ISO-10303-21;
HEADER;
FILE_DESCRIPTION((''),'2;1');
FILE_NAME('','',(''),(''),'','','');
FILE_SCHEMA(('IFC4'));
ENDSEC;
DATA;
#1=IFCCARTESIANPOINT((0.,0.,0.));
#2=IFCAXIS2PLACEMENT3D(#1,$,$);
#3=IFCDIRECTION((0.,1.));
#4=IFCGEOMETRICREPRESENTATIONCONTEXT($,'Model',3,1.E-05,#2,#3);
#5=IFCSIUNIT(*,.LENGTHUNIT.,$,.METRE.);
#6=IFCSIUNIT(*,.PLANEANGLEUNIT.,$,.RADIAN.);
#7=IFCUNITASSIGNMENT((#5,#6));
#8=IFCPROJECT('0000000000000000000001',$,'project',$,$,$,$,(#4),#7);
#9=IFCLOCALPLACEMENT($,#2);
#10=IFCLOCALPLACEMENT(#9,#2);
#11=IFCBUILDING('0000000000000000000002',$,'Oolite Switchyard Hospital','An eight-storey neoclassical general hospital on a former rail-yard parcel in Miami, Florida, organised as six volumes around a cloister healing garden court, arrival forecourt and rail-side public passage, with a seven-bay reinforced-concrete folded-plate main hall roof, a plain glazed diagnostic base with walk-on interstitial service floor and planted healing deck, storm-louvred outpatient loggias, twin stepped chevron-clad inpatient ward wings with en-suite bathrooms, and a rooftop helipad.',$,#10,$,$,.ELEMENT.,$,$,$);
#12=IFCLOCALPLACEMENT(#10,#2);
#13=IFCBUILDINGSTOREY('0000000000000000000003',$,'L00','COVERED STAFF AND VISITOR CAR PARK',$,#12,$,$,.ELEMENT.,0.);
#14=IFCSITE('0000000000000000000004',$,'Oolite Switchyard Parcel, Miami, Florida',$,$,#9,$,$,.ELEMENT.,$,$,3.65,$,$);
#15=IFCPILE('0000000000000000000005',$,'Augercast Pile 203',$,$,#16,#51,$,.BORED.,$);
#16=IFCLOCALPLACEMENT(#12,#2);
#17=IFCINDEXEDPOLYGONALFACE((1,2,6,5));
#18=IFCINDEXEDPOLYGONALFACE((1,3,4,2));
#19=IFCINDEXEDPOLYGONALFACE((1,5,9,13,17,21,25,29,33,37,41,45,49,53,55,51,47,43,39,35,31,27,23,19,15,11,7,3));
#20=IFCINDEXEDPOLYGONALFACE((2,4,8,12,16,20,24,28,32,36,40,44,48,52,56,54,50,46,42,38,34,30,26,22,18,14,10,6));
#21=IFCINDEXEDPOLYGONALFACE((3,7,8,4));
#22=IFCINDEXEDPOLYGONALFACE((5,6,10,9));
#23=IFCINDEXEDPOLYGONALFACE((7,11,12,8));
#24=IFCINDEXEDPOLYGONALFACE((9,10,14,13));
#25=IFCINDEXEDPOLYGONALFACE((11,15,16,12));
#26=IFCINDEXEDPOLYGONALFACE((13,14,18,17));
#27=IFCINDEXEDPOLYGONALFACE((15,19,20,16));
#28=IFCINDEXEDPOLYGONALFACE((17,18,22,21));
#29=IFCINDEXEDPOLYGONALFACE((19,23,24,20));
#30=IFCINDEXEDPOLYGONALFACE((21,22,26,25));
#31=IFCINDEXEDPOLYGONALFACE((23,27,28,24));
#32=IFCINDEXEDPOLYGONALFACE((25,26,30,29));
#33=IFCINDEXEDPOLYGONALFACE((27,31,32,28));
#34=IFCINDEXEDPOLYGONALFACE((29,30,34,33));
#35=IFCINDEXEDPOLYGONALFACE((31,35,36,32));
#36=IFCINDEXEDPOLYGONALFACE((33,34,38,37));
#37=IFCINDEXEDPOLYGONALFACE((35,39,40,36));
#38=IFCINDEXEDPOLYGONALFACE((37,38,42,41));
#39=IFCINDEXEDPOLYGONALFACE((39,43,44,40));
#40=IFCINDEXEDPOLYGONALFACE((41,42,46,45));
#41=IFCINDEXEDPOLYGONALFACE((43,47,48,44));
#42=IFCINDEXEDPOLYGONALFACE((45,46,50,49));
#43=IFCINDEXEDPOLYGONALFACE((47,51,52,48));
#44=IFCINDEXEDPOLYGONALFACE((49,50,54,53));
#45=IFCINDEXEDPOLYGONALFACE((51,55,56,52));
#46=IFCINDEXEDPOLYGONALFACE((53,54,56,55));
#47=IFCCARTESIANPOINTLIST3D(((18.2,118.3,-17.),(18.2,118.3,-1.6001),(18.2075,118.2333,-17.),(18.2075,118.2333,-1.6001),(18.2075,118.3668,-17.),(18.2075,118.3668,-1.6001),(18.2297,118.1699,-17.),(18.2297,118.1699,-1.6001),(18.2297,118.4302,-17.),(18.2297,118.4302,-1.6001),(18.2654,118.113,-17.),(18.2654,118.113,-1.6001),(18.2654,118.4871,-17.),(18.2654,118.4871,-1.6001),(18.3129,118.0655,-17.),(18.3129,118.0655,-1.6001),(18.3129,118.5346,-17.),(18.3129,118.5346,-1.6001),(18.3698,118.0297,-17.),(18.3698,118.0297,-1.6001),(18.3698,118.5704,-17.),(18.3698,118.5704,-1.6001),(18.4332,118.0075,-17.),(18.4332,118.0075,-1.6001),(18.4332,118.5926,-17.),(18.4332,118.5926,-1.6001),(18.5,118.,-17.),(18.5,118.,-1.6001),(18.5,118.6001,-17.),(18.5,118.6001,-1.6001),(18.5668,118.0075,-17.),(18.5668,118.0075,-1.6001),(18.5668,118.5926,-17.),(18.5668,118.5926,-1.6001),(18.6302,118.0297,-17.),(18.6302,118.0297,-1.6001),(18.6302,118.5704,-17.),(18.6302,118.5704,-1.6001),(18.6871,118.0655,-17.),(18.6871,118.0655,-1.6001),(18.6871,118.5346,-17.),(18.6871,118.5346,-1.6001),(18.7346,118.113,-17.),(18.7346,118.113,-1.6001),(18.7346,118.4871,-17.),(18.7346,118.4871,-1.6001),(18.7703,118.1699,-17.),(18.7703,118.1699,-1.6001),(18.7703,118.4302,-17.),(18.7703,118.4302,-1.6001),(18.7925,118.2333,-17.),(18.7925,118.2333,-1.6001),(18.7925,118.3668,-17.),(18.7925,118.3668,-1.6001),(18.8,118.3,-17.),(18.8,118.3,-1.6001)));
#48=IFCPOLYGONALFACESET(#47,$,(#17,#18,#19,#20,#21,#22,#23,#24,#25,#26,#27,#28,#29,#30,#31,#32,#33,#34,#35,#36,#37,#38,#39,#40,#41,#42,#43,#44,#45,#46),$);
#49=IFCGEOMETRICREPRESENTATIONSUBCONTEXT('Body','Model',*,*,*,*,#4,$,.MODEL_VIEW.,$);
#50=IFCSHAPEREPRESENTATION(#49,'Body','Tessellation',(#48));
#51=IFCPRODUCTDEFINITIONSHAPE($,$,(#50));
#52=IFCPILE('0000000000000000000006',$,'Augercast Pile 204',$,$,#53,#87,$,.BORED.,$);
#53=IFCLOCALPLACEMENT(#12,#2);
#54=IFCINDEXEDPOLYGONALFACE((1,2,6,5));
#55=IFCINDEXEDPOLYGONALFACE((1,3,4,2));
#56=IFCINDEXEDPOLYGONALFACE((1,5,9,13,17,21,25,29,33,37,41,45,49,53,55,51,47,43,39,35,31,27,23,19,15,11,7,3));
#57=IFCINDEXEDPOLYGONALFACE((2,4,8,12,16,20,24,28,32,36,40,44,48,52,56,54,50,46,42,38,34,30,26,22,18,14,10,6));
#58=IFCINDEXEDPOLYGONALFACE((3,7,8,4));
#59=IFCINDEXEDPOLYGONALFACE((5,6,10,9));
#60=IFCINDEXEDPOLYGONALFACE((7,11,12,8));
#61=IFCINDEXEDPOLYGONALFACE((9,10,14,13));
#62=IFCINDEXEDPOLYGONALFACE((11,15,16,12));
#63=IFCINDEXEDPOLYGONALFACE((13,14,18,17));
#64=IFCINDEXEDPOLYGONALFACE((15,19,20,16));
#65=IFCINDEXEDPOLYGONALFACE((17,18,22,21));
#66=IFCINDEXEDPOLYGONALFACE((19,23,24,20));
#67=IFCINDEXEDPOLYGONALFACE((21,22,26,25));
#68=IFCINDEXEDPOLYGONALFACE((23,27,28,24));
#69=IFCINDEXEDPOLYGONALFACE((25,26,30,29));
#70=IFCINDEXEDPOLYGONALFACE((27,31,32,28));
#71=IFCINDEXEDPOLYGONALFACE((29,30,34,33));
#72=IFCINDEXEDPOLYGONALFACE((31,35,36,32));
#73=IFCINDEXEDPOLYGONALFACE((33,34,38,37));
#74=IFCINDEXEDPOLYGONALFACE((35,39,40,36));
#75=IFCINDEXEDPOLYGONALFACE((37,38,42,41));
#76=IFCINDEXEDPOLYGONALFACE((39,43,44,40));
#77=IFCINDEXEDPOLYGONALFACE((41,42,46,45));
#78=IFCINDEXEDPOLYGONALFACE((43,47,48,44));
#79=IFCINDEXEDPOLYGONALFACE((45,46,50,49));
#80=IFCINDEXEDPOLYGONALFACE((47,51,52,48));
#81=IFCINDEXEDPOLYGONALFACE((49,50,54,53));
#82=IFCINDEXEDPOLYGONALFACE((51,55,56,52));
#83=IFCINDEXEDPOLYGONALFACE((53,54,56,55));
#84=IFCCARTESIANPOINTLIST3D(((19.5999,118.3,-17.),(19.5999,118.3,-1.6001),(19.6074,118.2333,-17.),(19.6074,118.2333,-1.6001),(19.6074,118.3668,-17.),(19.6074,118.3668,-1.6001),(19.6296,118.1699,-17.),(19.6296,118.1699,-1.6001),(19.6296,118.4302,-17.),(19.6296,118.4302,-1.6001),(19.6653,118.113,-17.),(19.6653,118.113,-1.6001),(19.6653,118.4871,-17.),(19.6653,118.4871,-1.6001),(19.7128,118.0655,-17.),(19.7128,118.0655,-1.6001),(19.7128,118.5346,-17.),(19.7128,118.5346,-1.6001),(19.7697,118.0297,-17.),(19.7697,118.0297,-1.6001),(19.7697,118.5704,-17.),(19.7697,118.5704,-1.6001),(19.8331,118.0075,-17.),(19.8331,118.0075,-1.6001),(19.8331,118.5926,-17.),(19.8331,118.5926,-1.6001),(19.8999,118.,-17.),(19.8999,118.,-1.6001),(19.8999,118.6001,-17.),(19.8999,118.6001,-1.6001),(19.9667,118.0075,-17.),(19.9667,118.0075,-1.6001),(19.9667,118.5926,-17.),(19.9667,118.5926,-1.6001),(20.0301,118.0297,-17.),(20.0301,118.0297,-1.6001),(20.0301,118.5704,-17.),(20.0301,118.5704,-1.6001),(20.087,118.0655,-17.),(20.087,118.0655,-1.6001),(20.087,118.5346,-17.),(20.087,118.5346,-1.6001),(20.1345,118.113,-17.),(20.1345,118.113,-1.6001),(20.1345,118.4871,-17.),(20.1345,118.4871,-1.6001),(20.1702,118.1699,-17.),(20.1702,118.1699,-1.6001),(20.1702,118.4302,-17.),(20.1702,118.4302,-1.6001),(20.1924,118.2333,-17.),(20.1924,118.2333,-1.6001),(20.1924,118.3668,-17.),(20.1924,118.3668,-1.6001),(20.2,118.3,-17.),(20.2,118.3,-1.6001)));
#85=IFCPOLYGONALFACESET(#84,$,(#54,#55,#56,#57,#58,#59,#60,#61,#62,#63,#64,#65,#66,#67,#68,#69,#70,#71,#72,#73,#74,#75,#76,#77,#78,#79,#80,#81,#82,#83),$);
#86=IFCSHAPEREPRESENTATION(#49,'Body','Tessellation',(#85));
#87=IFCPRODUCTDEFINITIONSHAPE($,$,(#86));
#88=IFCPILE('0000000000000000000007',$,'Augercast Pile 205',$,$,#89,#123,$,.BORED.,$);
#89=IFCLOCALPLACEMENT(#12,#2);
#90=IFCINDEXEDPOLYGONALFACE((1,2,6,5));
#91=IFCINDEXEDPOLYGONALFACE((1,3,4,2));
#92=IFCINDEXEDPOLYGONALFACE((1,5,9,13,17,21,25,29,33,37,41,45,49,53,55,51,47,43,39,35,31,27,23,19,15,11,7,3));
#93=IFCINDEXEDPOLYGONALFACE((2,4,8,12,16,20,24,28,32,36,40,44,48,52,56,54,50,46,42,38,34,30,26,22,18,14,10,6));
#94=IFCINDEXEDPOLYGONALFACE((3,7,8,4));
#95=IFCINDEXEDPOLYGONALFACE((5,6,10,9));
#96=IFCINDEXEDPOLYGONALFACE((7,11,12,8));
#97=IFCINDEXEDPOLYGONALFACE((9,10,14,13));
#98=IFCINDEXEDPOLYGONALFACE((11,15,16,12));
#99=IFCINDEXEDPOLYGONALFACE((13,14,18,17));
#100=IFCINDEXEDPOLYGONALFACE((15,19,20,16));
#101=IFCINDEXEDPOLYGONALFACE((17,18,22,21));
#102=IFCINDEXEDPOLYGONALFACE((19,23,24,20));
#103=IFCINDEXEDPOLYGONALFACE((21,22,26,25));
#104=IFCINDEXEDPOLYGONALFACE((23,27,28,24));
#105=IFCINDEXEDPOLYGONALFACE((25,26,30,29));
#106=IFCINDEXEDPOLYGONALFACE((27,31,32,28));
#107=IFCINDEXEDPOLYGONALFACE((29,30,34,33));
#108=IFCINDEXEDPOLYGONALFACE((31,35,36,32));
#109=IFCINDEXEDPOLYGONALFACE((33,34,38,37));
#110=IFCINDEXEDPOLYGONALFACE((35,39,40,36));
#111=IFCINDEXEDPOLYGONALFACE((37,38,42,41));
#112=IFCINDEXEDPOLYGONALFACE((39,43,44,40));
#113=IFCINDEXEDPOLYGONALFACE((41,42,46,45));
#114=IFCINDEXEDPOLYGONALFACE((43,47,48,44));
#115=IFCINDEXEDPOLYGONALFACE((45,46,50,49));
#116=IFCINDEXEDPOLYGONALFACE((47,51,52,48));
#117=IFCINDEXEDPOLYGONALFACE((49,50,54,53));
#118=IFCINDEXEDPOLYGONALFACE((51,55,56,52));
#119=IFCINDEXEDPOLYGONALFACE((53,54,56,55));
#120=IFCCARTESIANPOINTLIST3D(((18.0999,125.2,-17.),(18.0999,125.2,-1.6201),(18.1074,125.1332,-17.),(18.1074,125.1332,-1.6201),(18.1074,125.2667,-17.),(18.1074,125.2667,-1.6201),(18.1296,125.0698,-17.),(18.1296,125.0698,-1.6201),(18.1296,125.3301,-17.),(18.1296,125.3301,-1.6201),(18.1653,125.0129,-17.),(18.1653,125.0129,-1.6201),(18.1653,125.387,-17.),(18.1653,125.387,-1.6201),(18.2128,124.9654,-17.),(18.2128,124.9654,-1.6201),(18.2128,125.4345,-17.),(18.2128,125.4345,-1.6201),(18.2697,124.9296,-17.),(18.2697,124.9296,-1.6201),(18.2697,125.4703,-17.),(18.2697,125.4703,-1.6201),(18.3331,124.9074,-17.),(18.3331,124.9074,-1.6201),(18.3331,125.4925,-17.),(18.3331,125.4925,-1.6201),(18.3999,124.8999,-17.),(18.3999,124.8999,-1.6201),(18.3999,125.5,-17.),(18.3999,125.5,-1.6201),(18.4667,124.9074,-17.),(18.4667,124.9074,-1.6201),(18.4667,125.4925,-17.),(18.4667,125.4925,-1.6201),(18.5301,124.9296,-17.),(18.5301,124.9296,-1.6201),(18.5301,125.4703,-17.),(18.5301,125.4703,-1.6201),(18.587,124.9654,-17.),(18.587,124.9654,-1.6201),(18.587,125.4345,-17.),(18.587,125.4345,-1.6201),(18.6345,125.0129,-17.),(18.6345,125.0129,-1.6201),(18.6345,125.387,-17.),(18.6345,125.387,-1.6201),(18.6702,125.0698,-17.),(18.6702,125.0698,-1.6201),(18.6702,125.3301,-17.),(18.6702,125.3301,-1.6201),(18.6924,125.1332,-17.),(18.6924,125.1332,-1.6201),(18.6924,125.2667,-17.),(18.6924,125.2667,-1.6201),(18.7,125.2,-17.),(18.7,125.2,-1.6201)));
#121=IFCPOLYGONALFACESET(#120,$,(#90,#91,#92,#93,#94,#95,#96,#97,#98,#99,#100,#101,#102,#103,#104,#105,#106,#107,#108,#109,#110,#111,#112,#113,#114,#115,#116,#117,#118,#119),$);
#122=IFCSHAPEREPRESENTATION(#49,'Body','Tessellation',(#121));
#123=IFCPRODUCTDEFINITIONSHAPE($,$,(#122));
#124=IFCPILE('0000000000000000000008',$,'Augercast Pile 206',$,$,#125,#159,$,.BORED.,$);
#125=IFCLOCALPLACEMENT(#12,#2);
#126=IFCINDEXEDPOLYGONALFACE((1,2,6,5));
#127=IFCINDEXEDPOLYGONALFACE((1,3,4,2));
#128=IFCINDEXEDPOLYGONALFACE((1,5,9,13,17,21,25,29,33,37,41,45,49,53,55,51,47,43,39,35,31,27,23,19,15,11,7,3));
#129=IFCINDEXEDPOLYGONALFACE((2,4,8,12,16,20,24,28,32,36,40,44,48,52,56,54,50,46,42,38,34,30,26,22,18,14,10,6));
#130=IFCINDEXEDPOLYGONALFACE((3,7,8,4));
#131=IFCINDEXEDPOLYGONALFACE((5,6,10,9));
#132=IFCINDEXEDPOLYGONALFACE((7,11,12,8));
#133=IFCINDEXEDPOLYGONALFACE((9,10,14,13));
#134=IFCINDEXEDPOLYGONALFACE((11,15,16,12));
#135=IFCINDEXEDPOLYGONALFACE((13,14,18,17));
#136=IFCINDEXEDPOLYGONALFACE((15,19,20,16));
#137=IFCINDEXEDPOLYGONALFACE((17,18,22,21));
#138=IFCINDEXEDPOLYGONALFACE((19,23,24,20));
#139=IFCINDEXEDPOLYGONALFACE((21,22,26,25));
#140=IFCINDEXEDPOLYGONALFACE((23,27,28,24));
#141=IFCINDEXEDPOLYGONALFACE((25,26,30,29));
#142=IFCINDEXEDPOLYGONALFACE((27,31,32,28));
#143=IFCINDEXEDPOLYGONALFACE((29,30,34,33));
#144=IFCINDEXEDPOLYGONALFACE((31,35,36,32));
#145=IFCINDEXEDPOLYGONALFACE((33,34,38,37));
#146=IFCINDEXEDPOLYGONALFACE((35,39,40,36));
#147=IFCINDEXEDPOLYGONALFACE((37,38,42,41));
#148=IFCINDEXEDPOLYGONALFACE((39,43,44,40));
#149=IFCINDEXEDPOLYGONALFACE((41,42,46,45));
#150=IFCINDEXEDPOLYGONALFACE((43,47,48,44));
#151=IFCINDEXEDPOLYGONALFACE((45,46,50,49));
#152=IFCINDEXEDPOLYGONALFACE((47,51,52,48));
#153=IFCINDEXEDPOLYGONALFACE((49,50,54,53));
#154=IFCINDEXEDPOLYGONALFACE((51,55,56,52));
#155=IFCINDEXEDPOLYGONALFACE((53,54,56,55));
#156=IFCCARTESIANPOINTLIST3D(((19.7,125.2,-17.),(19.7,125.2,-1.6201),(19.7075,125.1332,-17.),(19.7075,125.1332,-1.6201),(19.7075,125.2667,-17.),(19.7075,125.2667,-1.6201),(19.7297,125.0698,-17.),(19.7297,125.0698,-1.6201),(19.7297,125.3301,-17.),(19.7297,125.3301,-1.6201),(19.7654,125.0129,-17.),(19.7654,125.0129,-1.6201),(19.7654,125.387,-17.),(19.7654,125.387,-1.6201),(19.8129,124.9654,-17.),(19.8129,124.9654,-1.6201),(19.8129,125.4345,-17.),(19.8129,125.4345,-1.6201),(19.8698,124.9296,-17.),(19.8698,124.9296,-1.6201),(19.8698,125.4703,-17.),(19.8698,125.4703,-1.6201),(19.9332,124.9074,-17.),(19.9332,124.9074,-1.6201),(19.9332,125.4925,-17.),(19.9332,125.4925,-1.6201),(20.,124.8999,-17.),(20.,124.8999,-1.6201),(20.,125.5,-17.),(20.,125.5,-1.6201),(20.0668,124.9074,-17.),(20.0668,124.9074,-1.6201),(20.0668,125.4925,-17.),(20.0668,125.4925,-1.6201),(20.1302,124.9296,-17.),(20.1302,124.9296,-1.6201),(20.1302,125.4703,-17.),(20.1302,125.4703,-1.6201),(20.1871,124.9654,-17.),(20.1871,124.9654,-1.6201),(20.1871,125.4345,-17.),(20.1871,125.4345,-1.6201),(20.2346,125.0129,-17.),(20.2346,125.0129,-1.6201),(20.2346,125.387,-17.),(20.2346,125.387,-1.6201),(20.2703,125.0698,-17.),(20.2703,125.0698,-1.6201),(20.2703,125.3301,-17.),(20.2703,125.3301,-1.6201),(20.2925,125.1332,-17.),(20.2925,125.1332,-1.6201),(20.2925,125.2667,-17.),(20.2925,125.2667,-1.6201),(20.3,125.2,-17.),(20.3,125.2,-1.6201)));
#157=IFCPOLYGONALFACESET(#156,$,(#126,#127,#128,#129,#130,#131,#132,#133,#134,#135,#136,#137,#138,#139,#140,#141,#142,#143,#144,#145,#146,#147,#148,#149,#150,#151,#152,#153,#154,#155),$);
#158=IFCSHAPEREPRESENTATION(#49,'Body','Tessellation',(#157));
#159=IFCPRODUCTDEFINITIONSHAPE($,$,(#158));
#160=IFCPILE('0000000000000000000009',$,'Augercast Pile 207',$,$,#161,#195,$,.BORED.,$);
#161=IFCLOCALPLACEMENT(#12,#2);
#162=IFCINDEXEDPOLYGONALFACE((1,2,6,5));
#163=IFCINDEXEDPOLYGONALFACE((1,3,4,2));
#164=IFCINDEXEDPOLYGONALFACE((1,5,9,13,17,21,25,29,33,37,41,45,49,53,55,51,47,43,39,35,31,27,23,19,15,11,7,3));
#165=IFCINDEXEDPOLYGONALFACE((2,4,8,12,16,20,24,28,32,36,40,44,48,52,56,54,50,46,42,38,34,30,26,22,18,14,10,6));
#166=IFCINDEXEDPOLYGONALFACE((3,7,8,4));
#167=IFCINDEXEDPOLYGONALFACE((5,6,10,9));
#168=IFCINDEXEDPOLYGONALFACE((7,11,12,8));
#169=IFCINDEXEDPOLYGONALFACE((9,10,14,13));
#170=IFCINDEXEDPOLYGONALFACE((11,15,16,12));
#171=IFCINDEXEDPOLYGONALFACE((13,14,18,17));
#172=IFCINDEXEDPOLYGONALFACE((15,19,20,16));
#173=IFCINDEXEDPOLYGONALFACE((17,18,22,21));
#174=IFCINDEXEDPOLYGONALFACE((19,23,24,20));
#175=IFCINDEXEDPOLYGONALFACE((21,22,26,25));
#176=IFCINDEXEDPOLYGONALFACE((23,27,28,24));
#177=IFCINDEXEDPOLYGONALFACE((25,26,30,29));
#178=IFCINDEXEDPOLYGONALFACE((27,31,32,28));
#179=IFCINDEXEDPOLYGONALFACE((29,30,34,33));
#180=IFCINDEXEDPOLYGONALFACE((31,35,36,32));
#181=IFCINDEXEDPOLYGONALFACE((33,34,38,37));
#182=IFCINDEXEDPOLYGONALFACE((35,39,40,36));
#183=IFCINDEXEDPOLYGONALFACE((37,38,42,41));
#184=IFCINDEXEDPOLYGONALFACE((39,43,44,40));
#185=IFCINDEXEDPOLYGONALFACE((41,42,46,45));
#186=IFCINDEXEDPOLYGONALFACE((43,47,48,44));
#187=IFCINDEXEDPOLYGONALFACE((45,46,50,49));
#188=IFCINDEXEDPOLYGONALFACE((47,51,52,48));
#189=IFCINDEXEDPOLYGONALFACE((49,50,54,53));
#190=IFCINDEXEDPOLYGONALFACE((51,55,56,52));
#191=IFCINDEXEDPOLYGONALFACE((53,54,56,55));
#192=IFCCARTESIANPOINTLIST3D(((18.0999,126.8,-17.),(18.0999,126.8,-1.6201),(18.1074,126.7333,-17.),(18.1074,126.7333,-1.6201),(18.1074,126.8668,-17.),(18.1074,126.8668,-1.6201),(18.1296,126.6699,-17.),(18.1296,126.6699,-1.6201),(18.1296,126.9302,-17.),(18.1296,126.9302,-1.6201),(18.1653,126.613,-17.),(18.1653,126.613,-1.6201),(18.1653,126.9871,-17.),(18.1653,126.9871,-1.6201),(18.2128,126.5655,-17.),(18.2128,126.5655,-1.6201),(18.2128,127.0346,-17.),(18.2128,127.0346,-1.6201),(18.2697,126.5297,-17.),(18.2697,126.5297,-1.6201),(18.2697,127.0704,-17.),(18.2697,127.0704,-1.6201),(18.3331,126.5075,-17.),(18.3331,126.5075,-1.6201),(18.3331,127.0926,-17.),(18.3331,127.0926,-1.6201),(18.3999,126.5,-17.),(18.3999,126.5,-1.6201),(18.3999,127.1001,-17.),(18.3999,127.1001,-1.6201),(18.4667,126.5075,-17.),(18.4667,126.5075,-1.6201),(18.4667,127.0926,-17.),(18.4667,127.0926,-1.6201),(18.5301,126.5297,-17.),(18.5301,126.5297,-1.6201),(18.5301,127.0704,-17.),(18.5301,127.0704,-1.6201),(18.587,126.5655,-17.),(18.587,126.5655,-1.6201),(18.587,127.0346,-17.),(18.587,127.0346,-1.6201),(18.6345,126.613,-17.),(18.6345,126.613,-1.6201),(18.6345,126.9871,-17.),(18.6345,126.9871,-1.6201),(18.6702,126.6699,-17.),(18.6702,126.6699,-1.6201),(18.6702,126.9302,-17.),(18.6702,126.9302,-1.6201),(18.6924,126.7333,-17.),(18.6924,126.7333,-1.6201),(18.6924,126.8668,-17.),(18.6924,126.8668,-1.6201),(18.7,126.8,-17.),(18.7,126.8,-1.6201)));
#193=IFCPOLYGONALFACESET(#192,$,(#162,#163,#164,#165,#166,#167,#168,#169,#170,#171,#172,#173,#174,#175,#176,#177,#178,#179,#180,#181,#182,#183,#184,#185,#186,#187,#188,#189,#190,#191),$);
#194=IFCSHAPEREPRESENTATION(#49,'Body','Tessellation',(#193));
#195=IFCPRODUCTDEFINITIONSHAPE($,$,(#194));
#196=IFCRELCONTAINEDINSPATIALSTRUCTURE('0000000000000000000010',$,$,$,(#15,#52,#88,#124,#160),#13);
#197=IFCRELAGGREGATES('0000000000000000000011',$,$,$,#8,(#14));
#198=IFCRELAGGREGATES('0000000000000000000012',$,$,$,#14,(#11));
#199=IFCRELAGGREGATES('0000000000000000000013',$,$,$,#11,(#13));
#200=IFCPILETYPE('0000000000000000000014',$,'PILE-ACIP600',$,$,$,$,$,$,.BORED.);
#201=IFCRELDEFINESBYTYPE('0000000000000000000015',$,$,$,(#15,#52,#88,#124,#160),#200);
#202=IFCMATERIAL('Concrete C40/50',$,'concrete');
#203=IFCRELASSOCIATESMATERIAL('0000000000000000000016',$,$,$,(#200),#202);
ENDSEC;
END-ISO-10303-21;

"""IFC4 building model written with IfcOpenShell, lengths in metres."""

from ifc_helpers import new_model, si_unit, direction, frame, origin, origin_2d, place, context, subcontext, project, spatial, circle, extrude, material, material_profile, profile_set, type_object, element, save


model = new_model("IFC4")

# Units and contexts
model_context = context("Model", 3, precision=1e-05, world=origin(), true_north=direction((0.0, 1.0)))
body_context = subcontext(model_context, "Body", "Model", "MODEL_VIEW")
ifc_project = project(units=[si_unit("LENGTHUNIT", "METRE"), si_unit("PLANEANGLEUNIT", "RADIAN")], contexts=[model_context])

# Site, building, storey
site_placement = place(None, origin())
site = spatial("IfcSite", under=ifc_project, at=site_placement, Name="Oolite Switchyard Parcel, Miami, Florida", CompositionType="ELEMENT", RefElevation=3.65)
building_placement = place(site_placement, origin())
building = spatial("IfcBuilding", under=site, at=building_placement, Name="Oolite Switchyard Hospital", Description="An eight-storey neoclassical general hospital on a former rail-yard parcel in Miami, Florida, organised as six volumes around a cloister healing garden court, arrival forecourt and rail-side public passage, with a seven-bay reinforced-concrete folded-plate main hall roof, a plain glazed diagnostic base with walk-on interstitial service floor and planted healing deck, storm-louvred outpatient loggias, twin stepped chevron-clad inpatient ward wings with en-suite bathrooms, and a rooftop helipad.", CompositionType="ELEMENT")
storey_placement = place(building_placement, origin())
storey = spatial("IfcBuildingStorey", under=building, at=storey_placement, Name="L00", Description="COVERED STAFF AND VISITOR CAR PARK", CompositionType="ELEMENT", Elevation=0.0)

# Shared definitions
ifc_material_1 = material(Name="Concrete C40/50", Category="concrete")

# Piles
ifc_material_profile_1 = material_profile(ifc_material_1, circle(Radius=0.3, at=origin_2d()), Name="PILE600")
ifc_profile_set_1 = profile_set([ifc_material_profile_1], Name="Concrete C40/50")
pile_type = type_object("IfcPileType", Name="PILE-ACIP600", PredefinedType="BORED", material=ifc_profile_set_1)
for number, where, z_axis, x_axis, name in (
    (1, (18.5, 118.3, -1.6001), (0.0, 0.0, -1.0), (1.0, 0.0, 0.0), "Augercast Pile 203"),
    (2, (19.8999, 118.3, -1.6001), (0.0, 0.0, -1.0), (1.0, 0.0, 0.0), "Augercast Pile 204"),
):
    element("IfcPile", number, at=place(storey_placement, frame(where, z_axis=z_axis, x_axis=x_axis)), inside=storey, type_object=pile_type, Name=name, PredefinedType="BORED", context=body_context, shape_type="SweptSolid", body=[
        extrude(circle(Radius=0.3, at=origin_2d()), origin(), (0.0, 0.0, 1.0), 15.3999),
    ])
for number, where, z_axis, x_axis, name in (
    (3, (18.3999, 125.2, -1.6201), (0.0, 0.0, -1.0), (1.0, 0.0, 0.0), "Augercast Pile 205"),
    (4, (20.0, 125.2, -1.6201), (0.0, 0.0, -1.0), (1.0, 0.0, 0.0), "Augercast Pile 206"),
    (5, (18.3999, 126.8, -1.6201), (0.0, 0.0, -1.0), (1.0, 0.0, 0.0), "Augercast Pile 207"),
):
    element("IfcPile", number, at=place(storey_placement, frame(where, z_axis=z_axis, x_axis=x_axis)), inside=storey, type_object=pile_type, Name=name, PredefinedType="BORED", context=body_context, shape_type="SweptSolid", body=[
        extrude(circle(Radius=0.3, at=origin_2d()), origin(), (0.0, 0.0, 1.0), 15.3799),
    ])

save(model, "model.ifc")
